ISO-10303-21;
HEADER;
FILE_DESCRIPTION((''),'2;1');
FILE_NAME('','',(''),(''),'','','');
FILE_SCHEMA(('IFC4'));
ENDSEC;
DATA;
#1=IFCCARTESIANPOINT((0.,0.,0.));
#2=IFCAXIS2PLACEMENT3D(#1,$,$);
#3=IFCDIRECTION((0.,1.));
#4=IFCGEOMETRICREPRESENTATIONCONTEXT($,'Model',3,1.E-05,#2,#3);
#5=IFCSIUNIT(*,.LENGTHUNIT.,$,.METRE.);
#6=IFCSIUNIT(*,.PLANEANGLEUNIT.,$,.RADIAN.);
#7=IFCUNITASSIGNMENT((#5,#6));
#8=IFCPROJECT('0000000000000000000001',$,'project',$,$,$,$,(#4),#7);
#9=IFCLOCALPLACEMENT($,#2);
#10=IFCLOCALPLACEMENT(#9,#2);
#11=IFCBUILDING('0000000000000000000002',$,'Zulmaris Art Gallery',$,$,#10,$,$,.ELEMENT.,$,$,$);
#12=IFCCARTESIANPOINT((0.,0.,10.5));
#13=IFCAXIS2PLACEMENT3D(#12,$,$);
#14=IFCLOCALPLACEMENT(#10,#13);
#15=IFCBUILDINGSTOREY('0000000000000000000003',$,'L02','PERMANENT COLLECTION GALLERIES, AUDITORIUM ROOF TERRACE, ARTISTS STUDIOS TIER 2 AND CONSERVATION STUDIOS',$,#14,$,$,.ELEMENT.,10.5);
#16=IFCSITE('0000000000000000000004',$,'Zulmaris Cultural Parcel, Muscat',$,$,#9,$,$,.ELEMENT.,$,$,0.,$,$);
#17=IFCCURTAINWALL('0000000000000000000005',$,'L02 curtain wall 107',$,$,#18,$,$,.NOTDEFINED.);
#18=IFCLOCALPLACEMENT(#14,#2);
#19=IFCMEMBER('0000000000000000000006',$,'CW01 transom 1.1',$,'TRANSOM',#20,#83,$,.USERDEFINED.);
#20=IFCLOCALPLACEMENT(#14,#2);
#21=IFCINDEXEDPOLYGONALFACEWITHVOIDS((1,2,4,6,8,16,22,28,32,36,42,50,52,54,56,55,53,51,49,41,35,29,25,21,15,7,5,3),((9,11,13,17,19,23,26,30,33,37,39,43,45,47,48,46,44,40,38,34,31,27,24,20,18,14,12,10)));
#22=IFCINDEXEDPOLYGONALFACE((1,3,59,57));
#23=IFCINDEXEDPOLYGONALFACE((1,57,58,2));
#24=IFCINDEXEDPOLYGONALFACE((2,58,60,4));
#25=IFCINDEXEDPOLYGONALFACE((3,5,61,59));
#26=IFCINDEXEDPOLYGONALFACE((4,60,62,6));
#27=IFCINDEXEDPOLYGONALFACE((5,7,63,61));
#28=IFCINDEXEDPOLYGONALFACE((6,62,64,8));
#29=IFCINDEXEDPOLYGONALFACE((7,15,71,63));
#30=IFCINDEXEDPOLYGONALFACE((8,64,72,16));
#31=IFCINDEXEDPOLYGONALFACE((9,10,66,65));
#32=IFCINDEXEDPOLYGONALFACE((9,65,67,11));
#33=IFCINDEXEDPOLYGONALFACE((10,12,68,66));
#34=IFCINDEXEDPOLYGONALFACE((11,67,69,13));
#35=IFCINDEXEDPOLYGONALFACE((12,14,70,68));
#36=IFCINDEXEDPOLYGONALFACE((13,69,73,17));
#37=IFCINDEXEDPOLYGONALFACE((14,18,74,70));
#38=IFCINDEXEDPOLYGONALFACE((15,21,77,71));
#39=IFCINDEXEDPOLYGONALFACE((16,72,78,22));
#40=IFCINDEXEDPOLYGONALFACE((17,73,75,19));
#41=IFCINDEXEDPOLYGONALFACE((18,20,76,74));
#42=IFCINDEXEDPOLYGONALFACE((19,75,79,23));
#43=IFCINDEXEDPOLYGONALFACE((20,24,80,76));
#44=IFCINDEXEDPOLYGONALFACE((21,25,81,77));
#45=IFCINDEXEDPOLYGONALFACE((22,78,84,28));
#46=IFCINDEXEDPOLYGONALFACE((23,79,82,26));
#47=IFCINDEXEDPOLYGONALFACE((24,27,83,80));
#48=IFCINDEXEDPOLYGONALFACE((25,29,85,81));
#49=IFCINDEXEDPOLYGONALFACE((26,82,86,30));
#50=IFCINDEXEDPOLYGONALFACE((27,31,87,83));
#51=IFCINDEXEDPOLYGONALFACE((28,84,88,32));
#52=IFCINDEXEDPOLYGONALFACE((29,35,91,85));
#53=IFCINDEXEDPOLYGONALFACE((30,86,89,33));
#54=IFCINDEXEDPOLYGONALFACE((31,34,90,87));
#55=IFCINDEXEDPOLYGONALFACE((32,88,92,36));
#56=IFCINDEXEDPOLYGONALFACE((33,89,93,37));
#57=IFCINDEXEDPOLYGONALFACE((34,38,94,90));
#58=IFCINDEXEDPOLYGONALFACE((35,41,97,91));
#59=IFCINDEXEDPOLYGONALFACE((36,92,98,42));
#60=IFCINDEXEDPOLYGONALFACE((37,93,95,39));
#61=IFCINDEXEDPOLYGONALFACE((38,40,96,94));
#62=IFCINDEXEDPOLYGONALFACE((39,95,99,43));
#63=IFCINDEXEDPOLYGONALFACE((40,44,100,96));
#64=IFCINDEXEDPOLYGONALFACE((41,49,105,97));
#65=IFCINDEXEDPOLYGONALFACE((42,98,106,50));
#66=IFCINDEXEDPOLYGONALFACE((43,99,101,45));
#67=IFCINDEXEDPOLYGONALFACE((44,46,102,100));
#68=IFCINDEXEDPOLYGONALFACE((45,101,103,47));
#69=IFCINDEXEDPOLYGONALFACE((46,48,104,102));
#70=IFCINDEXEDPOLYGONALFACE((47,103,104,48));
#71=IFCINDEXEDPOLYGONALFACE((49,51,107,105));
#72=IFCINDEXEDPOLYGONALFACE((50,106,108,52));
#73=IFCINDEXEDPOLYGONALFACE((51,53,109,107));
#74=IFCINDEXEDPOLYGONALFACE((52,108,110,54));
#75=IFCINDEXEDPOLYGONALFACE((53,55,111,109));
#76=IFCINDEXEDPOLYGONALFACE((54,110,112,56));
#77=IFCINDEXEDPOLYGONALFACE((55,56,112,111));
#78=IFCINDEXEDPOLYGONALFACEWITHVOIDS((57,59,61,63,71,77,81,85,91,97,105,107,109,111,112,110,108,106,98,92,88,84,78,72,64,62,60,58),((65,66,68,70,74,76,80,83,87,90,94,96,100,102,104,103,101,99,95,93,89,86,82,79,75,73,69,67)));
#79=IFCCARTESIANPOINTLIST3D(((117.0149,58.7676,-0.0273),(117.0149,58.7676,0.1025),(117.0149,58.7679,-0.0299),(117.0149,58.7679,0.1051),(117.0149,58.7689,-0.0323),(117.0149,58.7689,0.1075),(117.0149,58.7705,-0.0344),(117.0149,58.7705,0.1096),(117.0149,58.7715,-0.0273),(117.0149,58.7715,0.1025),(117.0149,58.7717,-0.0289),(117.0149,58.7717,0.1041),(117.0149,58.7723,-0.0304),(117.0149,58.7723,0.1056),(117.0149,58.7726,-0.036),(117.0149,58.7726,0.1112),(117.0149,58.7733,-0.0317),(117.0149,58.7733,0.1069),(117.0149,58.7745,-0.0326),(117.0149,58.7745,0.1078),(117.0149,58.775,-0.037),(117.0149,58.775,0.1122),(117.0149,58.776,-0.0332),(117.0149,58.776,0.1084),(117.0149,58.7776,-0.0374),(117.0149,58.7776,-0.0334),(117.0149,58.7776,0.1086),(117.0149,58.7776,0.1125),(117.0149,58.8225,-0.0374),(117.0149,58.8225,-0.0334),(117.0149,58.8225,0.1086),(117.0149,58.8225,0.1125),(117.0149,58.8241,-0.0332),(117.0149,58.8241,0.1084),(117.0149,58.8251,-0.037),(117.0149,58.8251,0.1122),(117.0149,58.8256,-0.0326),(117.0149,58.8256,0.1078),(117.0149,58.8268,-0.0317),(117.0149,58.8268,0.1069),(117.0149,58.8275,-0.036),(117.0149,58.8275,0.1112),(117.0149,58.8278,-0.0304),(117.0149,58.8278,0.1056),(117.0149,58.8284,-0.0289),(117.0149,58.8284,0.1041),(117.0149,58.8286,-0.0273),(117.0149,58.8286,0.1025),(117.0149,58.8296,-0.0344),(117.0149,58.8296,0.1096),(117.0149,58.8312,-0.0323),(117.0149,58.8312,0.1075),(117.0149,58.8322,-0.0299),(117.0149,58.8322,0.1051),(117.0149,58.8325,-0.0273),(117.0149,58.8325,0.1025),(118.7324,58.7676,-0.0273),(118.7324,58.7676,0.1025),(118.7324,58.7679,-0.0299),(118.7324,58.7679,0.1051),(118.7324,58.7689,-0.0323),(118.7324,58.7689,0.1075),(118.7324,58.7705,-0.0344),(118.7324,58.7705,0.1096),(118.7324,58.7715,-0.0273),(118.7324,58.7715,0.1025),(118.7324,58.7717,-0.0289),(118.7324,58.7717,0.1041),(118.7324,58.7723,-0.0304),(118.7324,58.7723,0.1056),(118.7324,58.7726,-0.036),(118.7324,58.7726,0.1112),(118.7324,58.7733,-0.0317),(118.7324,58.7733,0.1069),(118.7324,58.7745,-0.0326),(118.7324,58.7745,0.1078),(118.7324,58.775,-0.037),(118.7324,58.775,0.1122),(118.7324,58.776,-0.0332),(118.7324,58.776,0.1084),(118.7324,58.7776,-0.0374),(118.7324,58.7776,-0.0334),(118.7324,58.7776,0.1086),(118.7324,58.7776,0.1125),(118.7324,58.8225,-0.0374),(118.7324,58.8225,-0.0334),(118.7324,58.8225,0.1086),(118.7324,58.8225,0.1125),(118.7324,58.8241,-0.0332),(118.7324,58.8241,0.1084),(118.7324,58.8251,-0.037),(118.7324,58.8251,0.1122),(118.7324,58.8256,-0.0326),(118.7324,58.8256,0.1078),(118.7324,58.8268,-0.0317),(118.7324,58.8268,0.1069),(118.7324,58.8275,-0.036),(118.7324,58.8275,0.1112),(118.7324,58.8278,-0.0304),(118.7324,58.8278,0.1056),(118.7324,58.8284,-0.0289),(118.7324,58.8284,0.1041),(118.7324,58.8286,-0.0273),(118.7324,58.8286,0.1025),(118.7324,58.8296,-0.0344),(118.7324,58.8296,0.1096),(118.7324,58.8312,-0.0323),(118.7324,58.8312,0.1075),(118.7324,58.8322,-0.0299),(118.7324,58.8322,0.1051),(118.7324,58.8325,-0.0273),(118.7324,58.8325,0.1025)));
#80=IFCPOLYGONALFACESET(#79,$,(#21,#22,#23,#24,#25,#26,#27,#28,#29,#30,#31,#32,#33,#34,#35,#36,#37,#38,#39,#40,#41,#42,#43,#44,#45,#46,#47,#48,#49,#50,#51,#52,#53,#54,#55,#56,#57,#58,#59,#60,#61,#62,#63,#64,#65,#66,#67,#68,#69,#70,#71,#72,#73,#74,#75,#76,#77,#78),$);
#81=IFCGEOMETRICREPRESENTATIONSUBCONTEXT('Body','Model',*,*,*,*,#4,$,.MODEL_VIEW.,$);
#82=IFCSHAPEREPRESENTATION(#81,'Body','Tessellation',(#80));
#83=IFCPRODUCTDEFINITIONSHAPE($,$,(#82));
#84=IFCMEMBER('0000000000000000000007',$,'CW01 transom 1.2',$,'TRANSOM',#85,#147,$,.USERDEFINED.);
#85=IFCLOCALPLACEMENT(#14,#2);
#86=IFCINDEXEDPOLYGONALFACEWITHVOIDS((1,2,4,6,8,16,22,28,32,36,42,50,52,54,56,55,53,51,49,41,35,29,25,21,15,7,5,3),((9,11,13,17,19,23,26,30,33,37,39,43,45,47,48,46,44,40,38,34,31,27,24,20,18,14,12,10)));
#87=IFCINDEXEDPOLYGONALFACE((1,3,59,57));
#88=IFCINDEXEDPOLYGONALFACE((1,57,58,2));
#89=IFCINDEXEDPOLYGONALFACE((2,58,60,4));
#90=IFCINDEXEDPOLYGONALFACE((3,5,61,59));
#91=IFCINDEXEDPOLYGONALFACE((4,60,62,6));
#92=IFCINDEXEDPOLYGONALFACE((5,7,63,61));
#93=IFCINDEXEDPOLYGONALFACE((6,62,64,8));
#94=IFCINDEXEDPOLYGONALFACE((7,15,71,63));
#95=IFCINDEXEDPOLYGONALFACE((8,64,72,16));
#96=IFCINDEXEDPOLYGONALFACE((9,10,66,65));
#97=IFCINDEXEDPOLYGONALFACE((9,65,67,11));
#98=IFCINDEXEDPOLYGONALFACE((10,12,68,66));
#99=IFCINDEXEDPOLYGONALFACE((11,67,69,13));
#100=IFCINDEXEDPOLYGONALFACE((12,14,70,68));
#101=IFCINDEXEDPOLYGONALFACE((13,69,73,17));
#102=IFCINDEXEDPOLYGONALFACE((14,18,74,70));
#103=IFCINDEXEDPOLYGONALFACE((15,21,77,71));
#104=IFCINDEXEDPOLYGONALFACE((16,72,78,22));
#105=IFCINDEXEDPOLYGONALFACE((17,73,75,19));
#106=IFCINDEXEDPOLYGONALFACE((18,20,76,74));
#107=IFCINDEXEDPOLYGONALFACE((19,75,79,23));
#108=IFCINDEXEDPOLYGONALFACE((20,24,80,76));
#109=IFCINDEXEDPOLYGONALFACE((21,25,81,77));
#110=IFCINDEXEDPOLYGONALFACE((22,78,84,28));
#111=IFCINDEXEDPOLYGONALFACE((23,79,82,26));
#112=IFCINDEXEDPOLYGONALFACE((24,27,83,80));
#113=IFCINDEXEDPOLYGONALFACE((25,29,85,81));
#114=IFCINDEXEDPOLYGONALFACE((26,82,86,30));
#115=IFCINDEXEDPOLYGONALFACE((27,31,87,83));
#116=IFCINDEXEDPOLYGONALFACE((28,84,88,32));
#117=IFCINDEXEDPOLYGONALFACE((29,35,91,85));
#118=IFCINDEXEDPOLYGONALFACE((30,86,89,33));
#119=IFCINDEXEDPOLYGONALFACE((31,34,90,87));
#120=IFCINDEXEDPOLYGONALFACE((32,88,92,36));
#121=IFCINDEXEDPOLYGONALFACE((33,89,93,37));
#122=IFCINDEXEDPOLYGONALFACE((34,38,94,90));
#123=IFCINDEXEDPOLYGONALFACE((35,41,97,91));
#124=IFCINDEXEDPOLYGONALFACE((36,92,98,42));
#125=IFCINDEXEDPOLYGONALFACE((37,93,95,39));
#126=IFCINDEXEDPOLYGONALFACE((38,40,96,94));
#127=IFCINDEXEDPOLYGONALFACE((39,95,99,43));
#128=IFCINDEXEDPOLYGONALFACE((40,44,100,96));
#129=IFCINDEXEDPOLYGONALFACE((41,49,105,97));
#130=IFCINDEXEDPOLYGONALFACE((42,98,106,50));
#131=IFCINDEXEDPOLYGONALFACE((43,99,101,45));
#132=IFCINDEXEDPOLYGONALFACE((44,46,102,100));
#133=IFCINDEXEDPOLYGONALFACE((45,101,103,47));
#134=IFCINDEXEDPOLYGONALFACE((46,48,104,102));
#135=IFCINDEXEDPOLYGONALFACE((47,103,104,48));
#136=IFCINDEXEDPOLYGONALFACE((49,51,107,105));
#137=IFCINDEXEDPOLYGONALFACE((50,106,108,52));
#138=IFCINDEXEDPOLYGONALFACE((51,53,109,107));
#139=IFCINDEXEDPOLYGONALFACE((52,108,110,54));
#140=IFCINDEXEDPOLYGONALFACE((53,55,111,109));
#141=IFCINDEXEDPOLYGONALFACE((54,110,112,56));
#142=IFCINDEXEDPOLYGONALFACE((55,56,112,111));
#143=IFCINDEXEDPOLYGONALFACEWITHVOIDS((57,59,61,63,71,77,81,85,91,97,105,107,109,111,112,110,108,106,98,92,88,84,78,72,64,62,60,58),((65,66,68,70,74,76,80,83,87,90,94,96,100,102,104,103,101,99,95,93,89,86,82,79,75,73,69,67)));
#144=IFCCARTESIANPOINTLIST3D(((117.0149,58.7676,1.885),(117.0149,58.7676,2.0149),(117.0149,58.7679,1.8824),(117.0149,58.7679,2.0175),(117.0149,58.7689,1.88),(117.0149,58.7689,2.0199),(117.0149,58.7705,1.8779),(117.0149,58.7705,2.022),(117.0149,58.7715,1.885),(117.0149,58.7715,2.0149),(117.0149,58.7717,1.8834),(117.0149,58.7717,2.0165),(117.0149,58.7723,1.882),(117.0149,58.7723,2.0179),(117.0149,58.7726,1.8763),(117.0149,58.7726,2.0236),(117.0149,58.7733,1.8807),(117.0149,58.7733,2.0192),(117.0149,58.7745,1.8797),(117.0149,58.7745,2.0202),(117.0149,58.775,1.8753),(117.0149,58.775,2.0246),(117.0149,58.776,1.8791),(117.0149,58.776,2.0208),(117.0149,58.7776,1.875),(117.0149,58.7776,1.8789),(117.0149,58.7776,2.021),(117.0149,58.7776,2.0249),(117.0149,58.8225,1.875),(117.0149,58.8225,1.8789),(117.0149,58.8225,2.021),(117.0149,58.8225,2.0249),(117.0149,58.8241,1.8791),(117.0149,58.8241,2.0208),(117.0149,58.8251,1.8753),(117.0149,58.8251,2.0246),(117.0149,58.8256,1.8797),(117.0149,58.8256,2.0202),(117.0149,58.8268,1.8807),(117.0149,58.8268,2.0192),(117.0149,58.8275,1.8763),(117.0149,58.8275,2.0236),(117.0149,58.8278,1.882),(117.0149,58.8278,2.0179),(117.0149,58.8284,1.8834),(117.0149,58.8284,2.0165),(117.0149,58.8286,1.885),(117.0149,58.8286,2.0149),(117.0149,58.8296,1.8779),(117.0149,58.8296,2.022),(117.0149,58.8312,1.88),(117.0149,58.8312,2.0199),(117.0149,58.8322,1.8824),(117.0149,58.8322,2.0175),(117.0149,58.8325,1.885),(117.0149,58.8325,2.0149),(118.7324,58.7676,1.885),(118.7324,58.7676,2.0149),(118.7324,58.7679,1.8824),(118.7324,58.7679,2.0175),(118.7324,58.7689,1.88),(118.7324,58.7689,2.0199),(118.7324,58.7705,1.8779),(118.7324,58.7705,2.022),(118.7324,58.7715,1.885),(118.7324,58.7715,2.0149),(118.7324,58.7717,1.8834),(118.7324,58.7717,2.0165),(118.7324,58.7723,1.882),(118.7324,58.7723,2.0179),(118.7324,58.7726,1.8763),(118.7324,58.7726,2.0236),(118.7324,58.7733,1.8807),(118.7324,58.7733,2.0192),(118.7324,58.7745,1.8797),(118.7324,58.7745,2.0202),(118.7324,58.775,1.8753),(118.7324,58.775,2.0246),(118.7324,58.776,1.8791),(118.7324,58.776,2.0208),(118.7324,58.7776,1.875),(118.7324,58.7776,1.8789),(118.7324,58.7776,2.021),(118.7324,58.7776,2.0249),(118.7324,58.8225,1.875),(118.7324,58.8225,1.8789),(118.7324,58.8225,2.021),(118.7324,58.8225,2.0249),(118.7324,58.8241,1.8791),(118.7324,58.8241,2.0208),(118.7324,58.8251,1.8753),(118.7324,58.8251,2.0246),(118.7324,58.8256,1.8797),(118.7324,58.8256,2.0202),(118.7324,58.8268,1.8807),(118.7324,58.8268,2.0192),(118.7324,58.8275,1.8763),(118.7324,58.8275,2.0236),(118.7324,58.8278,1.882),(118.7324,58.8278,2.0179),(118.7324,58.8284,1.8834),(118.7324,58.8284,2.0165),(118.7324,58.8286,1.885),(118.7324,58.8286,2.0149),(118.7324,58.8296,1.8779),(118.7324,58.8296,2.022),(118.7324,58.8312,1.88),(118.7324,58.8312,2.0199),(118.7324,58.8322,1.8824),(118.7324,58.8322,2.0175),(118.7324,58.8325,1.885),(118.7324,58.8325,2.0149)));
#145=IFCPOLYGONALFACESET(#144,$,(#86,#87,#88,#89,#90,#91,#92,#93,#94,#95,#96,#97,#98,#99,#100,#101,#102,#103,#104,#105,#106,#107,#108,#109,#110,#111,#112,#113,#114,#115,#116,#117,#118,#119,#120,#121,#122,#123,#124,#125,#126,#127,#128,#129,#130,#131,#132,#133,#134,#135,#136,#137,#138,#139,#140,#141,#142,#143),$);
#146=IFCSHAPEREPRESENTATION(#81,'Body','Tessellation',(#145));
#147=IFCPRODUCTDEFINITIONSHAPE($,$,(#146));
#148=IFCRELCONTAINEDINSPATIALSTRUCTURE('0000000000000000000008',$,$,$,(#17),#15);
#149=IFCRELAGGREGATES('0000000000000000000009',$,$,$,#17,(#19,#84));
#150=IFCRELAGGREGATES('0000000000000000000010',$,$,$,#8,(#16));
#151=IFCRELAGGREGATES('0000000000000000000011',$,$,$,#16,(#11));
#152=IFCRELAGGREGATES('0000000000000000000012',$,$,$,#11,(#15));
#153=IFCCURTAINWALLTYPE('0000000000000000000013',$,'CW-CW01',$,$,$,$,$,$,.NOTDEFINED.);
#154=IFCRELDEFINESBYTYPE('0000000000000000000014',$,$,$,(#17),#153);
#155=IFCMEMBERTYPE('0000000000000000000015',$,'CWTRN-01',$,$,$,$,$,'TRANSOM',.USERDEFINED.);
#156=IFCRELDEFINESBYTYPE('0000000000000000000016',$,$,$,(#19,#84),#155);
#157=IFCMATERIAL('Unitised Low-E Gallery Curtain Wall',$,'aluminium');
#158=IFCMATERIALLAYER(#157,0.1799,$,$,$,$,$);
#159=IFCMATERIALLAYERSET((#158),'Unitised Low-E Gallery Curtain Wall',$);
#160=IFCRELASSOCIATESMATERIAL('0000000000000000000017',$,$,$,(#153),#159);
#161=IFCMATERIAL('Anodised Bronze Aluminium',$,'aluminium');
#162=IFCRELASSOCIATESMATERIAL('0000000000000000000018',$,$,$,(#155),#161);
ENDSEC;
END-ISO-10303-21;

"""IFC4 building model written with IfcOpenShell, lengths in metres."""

from ifc_helpers import new_model, si_unit, direction, frame, origin, origin_2d, place, context, subcontext, project, spatial, hollow_rectangle, extrude, material, layer, layer_set, material_profile, profile_set, type_object, element, aggregate, save


model = new_model("IFC4")

# Units and contexts
model_context = context("Model", 3, precision=1e-05, world=origin(), true_north=direction((0.0, 1.0)))
body_context = subcontext(model_context, "Body", "Model", "MODEL_VIEW")
ifc_project = project(units=[si_unit("LENGTHUNIT", "METRE"), si_unit("PLANEANGLEUNIT", "RADIAN")], contexts=[model_context])

# Site, building, storey
site_placement = place(None, origin())
site = spatial("IfcSite", under=ifc_project, at=site_placement, Name="Zulmaris Cultural Parcel, Muscat", CompositionType="ELEMENT", RefElevation=0.0)
building_placement = place(site_placement, origin())
building = spatial("IfcBuilding", under=site, at=building_placement, Name="Zulmaris Art Gallery", CompositionType="ELEMENT")
storey_placement = place(building_placement, frame((0.0, 0.0, 10.5)))
storey = spatial("IfcBuildingStorey", under=building, at=storey_placement, Name="L02", Description="PERMANENT COLLECTION GALLERIES, AUDITORIUM ROOF TERRACE, ARTISTS STUDIOS TIER 2 AND CONSERVATION STUDIOS", CompositionType="ELEMENT", Elevation=10.5)

# Curtain wall
ifc_material_1 = material(Name="Unitised Low-E Gallery Curtain Wall", Category="aluminium")
ifc_layer_1 = layer(ifc_material_1, 0.1799)
ifc_layer_set_1 = layer_set([ifc_layer_1], Name="Unitised Low-E Gallery Curtain Wall")
curtain_wall_type = type_object("IfcCurtainWallType", Name="CW-CW01", PredefinedType="NOTDEFINED", material=ifc_layer_set_1)
curtain_wall_1_placement = place(storey_placement, origin())
curtain_wall_1 = element("IfcCurtainWall", 1, at=curtain_wall_1_placement, inside=storey, type_object=curtain_wall_type, Name="L02 curtain wall 107", PredefinedType="NOTDEFINED")
ifc_material_2 = material(Name="Anodised Bronze Aluminium", Category="aluminium")

# Members
ifc_material_profile_1 = material_profile(ifc_material_2, hollow_rectangle(XDim=0.0649, YDim=0.1499, WallThickness=0.0039, InnerFilletRadius=0.0061, OuterFilletRadius=0.01, at=origin_2d()), Name="ALU 65x150x4")
ifc_profile_set_1 = profile_set([ifc_material_profile_1], Name="Anodised Bronze Aluminium")
member_type_1 = type_object("IfcMemberType", Name="CWTRN-01", ElementType="TRANSOM", PredefinedType="USERDEFINED", material=ifc_profile_set_1)
member_1_placement = place(storey_placement, frame((117.0149, 58.8, 0.0376), z_axis=(1.0, 0.0, 0.0), x_axis=(0.0, 1.0, 0.0)))
member_1 = element("IfcMember", 2, at=member_1_placement, type_object=member_type_1, Name="CW01 transom 1.1", ObjectType="TRANSOM", PredefinedType="USERDEFINED", context=body_context, shape_type="SweptSolid", body=[
    extrude(hollow_rectangle(XDim=0.0649, YDim=0.1499, WallThickness=0.0039, InnerFilletRadius=0.0061, OuterFilletRadius=0.01, at=origin_2d()), origin(), (0.0, 0.0, 1.0), 1.7175),
])
member_2_placement = place(storey_placement, frame((117.0149, 58.8, 1.95), z_axis=(1.0, 0.0, 0.0), x_axis=(0.0, 1.0, 0.0)))
member_2 = element("IfcMember", 3, at=member_2_placement, type_object=member_type_1, Name="CW01 transom 1.2", ObjectType="TRANSOM", PredefinedType="USERDEFINED", context=body_context, shape_type="SweptSolid", body=[
    extrude(hollow_rectangle(XDim=0.0649, YDim=0.1499, WallThickness=0.0039, InnerFilletRadius=0.0061, OuterFilletRadius=0.01, at=origin_2d()), origin(), (0.0, 0.0, 1.0), 1.7175),
])

aggregate(curtain_wall_1, [member_1, member_2])

save(model, "model.ifc")
